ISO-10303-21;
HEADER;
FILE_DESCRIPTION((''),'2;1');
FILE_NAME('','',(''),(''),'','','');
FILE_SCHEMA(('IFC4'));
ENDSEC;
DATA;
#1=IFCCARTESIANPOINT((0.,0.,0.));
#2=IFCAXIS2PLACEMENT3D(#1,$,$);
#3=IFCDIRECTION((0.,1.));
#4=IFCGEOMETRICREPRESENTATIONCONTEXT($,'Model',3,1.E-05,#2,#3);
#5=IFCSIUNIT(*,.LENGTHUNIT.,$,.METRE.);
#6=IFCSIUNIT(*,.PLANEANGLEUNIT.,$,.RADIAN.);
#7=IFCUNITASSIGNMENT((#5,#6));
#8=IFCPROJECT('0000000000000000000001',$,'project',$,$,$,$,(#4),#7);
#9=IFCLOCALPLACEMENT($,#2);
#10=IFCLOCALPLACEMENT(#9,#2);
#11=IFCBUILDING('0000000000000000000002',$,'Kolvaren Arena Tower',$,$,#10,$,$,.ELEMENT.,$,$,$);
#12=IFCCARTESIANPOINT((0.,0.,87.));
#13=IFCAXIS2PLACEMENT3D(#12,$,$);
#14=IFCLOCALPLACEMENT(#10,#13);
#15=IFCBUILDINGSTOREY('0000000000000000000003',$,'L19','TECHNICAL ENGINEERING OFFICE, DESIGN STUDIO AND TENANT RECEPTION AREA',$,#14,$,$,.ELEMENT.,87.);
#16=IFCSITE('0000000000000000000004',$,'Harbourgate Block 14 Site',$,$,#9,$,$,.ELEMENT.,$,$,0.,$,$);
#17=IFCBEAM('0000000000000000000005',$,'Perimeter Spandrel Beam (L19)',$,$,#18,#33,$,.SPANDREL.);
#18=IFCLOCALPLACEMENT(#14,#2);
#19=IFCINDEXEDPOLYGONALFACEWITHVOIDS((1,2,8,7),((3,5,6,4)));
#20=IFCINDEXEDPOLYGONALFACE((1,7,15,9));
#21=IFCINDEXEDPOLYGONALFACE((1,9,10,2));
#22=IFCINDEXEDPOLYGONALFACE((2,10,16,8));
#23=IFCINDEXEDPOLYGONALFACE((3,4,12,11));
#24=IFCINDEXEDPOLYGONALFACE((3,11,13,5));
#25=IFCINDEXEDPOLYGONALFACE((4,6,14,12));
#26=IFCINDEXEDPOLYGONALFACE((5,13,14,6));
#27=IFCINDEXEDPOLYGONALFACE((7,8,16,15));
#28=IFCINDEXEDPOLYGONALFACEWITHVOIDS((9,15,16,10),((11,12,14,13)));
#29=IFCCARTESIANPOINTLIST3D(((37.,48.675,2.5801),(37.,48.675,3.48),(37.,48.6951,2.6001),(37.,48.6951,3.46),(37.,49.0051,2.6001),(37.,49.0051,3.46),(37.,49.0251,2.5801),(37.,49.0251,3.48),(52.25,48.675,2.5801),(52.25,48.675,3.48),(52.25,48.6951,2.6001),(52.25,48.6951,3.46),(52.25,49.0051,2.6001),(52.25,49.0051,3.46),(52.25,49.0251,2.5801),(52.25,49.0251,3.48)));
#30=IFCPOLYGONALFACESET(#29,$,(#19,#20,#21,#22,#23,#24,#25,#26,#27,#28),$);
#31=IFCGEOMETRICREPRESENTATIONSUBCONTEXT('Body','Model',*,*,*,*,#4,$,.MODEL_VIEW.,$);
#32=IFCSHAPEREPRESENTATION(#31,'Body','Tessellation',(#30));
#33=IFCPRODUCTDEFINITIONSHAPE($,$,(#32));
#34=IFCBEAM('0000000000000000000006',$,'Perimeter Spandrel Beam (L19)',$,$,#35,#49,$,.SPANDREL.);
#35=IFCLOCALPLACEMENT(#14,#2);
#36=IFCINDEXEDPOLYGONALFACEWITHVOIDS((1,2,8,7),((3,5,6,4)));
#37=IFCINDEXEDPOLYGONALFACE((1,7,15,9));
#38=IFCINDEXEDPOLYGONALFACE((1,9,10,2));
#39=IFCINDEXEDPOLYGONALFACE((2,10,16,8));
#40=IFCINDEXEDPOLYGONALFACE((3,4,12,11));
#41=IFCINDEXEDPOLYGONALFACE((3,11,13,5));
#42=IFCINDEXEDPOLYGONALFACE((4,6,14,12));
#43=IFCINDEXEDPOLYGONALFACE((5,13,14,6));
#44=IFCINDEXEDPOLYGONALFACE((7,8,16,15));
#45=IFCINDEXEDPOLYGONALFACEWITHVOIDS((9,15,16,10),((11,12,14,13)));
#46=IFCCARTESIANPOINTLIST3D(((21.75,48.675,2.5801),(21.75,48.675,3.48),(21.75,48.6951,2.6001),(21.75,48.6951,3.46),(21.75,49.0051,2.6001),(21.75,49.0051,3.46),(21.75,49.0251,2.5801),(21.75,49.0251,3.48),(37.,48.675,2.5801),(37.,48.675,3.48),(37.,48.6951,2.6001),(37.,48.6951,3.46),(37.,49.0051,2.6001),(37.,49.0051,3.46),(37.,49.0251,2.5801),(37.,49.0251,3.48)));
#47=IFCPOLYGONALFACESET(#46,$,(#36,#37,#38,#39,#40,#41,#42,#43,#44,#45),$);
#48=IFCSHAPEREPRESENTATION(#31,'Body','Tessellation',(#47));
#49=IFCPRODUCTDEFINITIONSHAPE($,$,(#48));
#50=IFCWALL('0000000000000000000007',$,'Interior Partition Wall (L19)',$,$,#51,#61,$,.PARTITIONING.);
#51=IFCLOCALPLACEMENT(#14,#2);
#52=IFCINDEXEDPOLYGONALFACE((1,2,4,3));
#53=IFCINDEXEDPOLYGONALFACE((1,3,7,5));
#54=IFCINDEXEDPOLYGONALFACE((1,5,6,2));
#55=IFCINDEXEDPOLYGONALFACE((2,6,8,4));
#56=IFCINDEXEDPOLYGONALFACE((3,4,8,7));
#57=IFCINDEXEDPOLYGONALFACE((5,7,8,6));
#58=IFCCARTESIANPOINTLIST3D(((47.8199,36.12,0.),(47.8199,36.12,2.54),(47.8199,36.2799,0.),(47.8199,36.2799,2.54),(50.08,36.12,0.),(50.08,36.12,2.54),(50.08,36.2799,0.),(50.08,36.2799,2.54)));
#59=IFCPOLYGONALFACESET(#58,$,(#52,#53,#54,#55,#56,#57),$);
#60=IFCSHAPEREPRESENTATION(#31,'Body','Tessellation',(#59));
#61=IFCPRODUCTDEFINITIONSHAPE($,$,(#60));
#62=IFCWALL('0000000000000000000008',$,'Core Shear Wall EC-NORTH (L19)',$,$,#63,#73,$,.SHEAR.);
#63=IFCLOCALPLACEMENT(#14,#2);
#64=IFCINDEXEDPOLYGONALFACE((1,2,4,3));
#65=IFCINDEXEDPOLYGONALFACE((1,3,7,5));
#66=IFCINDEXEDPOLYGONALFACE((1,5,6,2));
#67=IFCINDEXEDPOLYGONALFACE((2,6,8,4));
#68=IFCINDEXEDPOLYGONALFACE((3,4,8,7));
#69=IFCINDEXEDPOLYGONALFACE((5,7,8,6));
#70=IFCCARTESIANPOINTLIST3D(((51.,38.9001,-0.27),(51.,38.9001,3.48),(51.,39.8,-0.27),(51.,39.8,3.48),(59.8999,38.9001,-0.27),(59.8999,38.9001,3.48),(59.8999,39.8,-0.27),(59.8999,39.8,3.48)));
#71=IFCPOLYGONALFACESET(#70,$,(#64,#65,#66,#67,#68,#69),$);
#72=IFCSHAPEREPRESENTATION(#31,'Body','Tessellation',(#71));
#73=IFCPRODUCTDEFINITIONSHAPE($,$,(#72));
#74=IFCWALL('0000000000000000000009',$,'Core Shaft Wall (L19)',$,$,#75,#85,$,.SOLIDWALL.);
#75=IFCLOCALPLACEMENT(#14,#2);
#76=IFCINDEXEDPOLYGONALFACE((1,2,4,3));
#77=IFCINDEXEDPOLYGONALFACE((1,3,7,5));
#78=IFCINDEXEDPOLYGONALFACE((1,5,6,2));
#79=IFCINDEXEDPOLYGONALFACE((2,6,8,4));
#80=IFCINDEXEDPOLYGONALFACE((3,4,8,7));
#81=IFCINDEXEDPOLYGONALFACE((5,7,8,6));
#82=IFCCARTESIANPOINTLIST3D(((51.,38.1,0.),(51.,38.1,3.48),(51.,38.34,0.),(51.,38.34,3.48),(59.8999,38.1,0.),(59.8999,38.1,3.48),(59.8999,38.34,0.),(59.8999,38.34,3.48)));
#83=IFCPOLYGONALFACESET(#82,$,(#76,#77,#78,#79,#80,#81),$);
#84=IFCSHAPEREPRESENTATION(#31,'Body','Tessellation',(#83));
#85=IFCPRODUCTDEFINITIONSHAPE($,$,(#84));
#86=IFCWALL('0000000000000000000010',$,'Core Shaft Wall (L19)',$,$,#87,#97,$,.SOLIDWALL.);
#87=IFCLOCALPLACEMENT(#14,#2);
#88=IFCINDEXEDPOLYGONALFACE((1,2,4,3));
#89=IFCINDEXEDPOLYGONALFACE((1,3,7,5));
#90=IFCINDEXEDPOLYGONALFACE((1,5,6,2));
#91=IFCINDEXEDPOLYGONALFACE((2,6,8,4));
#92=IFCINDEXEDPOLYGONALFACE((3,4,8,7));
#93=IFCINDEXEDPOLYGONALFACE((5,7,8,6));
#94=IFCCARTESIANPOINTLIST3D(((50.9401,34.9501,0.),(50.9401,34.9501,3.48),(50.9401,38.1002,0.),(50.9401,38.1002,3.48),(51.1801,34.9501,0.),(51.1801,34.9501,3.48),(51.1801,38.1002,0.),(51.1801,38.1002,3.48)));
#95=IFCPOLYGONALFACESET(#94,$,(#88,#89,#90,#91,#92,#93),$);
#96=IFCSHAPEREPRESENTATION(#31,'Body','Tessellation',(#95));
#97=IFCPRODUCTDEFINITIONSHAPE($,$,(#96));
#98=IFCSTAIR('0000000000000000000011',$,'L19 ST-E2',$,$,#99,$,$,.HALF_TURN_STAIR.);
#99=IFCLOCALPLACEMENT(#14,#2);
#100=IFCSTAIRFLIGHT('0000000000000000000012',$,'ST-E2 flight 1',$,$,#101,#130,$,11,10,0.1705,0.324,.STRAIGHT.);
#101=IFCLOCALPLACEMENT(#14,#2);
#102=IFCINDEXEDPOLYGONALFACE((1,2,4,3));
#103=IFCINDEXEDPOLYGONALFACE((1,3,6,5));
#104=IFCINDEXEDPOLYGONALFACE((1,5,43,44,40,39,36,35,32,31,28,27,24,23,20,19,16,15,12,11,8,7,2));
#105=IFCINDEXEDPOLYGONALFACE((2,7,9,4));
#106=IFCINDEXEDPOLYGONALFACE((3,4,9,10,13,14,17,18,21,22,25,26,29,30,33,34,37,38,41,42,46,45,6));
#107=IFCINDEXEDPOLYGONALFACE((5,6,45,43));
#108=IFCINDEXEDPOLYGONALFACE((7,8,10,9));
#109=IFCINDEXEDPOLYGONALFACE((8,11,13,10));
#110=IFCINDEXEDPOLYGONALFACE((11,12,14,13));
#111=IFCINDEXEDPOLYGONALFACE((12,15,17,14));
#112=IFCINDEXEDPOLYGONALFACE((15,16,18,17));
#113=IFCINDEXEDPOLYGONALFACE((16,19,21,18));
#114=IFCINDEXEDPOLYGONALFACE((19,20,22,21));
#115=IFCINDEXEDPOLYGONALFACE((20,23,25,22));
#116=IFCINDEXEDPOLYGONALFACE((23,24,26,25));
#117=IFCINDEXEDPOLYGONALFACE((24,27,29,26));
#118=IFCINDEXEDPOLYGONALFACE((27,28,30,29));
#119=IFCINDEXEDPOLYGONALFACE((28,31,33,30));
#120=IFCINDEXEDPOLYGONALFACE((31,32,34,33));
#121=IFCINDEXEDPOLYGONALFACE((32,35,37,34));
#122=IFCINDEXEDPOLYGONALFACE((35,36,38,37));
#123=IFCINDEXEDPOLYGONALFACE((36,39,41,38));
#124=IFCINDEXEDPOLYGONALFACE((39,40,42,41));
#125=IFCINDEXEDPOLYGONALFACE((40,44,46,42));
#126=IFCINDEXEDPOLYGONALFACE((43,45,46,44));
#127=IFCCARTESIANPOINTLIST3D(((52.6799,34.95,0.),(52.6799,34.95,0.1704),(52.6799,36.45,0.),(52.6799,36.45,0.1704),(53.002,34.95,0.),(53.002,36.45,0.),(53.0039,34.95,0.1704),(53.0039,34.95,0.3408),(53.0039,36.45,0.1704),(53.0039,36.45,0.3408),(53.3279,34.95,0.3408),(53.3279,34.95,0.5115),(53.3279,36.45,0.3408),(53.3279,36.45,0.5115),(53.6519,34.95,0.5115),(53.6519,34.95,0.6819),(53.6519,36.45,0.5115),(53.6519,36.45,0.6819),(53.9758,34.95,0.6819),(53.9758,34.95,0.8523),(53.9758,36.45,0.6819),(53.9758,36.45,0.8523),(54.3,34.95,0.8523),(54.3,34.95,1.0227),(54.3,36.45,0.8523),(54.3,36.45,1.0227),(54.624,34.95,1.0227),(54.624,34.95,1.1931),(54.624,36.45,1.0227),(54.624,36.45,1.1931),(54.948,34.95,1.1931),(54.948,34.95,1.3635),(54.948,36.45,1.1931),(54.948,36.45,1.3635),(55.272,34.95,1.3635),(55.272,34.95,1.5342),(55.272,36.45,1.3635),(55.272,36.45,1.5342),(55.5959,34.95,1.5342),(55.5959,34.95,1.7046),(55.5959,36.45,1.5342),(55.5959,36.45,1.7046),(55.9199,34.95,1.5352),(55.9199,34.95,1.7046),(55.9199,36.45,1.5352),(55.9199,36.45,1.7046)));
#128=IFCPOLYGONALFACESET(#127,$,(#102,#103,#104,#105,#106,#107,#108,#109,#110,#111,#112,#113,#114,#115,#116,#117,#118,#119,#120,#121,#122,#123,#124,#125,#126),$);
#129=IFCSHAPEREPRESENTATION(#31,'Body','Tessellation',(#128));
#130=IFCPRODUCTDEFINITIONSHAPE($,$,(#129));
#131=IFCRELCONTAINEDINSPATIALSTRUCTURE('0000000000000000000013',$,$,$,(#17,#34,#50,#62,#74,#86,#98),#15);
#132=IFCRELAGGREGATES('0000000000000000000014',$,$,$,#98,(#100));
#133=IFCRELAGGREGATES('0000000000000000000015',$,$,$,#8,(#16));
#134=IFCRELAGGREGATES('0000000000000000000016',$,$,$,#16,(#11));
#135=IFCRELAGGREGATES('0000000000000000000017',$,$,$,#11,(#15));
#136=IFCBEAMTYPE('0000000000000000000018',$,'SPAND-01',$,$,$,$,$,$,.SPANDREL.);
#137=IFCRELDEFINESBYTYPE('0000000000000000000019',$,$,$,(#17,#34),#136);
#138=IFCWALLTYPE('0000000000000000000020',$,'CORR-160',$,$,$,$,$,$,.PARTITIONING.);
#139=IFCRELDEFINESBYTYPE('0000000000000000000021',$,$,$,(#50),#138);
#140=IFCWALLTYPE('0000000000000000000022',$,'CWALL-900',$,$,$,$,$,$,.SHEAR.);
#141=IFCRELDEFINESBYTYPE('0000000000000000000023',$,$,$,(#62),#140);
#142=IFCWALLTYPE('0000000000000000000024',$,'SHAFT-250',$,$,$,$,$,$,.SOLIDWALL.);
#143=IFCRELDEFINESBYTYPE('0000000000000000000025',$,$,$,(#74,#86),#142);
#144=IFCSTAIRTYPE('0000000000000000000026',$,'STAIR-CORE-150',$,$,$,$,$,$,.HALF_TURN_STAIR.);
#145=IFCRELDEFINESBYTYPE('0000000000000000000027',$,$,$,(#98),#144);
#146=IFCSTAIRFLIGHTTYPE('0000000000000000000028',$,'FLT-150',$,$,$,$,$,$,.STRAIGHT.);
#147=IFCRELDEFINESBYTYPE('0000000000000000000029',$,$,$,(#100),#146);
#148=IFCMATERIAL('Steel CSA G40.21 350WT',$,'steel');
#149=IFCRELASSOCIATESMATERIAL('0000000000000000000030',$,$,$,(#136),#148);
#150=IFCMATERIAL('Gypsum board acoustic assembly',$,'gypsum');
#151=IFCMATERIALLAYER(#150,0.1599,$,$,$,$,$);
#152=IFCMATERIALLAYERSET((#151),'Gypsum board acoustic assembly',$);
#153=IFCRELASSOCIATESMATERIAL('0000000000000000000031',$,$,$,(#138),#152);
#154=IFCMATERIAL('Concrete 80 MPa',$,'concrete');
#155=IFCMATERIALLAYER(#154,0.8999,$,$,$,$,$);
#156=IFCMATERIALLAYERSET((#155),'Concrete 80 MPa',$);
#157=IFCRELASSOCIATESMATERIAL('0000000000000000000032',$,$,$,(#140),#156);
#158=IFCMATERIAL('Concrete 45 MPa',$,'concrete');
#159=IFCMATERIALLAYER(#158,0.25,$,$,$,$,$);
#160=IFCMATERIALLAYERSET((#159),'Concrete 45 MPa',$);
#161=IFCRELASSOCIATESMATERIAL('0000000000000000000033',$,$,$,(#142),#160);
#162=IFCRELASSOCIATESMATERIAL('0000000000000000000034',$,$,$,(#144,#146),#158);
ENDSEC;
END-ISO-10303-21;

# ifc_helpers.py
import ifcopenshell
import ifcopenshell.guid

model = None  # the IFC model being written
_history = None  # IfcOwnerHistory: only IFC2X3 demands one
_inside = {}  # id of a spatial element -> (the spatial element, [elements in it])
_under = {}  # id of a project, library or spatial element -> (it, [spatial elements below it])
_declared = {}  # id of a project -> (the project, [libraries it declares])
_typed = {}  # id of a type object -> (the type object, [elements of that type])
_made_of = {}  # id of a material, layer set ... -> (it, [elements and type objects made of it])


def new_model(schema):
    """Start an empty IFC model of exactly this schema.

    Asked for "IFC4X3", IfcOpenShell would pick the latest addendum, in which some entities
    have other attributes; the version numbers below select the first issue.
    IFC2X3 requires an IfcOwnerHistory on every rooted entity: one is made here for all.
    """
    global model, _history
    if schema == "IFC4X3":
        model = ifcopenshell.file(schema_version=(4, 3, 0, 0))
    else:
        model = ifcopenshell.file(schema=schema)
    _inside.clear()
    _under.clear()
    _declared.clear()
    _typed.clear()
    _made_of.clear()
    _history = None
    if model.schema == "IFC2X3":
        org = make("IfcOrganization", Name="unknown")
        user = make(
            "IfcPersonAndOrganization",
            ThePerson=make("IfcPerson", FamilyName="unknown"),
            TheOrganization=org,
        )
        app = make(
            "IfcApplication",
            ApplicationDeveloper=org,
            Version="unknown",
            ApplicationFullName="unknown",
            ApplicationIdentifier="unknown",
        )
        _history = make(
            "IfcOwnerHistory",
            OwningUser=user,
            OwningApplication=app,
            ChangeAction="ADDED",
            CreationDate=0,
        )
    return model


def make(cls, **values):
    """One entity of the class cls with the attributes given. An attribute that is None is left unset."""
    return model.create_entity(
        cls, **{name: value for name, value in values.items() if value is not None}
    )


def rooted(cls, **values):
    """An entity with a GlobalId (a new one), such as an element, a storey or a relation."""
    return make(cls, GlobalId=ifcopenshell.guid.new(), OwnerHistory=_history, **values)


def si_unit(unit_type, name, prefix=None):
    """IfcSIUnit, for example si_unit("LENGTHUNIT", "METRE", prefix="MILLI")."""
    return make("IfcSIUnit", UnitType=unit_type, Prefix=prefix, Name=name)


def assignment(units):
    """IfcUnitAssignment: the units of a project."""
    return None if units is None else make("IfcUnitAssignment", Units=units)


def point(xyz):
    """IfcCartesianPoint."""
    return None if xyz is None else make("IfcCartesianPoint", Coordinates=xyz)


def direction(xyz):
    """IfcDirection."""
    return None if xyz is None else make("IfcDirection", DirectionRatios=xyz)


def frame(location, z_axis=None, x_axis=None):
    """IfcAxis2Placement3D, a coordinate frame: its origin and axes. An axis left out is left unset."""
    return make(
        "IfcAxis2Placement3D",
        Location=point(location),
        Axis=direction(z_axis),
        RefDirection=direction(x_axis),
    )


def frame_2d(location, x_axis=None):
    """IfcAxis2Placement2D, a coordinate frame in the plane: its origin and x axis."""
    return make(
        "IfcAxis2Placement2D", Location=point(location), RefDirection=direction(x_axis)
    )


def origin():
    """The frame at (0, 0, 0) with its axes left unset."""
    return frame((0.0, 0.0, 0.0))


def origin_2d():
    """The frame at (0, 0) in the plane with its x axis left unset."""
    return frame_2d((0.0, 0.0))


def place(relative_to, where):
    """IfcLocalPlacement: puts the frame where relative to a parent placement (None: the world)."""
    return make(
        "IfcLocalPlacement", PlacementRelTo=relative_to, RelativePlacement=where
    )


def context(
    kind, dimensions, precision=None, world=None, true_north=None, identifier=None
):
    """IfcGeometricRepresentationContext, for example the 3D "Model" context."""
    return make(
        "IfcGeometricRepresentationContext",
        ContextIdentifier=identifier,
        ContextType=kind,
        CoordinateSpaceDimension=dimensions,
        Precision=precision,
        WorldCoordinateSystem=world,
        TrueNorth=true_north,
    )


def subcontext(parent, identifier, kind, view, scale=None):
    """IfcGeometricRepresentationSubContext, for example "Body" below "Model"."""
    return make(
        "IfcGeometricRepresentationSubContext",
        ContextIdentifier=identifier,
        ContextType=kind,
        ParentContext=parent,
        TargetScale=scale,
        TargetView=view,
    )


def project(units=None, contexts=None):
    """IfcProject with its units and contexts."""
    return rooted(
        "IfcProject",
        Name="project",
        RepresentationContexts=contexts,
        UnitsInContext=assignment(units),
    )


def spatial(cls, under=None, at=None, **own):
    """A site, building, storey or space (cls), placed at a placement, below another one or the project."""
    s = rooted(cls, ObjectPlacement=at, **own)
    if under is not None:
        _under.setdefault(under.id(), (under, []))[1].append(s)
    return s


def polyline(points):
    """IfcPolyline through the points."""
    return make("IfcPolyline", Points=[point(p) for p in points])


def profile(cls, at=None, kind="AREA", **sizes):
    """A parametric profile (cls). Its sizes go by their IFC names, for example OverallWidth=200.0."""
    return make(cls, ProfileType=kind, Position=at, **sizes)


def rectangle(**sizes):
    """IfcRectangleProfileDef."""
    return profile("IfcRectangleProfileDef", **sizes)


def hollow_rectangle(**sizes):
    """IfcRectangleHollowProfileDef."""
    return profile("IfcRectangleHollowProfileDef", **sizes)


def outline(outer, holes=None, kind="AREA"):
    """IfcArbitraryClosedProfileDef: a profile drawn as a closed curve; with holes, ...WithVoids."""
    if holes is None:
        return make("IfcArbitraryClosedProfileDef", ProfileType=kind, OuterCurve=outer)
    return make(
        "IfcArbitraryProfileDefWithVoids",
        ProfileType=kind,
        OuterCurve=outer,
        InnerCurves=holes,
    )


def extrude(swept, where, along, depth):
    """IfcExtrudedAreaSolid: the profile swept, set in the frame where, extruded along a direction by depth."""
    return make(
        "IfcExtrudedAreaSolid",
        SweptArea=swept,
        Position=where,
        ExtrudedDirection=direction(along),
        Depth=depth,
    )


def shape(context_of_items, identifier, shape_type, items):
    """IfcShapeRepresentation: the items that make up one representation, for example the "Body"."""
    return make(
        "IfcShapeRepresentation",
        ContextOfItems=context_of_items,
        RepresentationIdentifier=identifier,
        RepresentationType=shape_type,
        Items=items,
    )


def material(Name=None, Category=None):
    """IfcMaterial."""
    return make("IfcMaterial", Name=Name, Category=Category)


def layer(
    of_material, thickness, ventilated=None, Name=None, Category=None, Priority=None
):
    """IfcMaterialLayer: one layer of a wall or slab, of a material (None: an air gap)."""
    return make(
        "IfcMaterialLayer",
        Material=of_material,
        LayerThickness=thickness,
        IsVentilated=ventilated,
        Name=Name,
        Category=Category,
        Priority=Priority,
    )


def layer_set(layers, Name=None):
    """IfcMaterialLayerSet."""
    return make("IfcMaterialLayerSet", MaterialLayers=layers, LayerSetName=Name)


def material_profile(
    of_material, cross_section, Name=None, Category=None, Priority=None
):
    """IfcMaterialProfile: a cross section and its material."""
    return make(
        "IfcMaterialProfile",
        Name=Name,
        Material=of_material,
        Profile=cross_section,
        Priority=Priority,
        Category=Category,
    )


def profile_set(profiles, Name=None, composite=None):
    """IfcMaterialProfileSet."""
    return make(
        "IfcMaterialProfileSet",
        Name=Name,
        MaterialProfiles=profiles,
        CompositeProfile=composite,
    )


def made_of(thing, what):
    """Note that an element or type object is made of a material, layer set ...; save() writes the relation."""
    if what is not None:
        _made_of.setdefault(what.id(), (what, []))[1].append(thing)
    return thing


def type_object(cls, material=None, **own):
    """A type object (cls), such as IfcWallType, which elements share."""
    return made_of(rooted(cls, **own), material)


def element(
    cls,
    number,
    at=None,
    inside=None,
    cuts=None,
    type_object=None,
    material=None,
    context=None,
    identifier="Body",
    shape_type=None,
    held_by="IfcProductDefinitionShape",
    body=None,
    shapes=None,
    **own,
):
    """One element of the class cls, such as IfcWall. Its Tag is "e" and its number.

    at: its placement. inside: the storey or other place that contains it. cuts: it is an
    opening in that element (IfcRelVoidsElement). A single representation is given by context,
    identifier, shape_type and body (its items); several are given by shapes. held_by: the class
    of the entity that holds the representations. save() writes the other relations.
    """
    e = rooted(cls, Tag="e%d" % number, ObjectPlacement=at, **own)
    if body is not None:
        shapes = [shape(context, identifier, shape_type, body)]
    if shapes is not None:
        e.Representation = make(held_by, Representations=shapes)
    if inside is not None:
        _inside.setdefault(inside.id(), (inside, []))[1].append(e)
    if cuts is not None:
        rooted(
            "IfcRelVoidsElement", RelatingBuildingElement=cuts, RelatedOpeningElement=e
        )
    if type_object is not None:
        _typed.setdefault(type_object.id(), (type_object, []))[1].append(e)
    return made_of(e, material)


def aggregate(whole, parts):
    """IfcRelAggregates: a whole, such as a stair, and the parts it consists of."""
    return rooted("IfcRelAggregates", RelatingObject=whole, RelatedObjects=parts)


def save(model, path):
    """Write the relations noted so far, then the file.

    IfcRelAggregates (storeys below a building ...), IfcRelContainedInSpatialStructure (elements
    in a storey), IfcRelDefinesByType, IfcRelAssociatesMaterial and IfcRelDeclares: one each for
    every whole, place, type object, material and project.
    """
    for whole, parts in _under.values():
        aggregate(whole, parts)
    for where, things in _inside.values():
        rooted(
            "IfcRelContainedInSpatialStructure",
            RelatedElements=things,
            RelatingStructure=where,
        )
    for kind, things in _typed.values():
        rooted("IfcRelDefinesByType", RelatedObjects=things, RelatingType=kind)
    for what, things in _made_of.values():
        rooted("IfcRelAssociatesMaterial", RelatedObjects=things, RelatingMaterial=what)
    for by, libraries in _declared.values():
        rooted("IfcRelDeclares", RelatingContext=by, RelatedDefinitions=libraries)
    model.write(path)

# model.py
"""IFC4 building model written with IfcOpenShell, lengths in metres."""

from ifc_helpers import new_model, si_unit, direction, frame, frame_2d, origin, origin_2d, place, context, subcontext, project, spatial, polyline, rectangle, hollow_rectangle, outline, extrude, material, layer, layer_set, material_profile, profile_set, type_object, element, aggregate, save


model = new_model("IFC4")

# Units and contexts
model_context = context("Model", 3, precision=1e-05, world=origin(), true_north=direction((0.0, 1.0)))
body_context = subcontext(model_context, "Body", "Model", "MODEL_VIEW")
ifc_project = project(units=[si_unit("LENGTHUNIT", "METRE"), si_unit("PLANEANGLEUNIT", "RADIAN")], contexts=[model_context])

# Site, building, storey
site_placement = place(None, origin())
site = spatial("IfcSite", under=ifc_project, at=site_placement, Name="Harbourgate Block 14 Site", CompositionType="ELEMENT", RefElevation=0.0)
building_placement = place(site_placement, origin())
building = spatial("IfcBuilding", under=site, at=building_placement, Name="Kolvaren Arena Tower", CompositionType="ELEMENT")
storey_placement = place(building_placement, frame((0.0, 0.0, 87.0)))
storey = spatial("IfcBuildingStorey", under=building, at=storey_placement, Name="L19", Description="TECHNICAL ENGINEERING OFFICE, DESIGN STUDIO AND TENANT RECEPTION AREA", CompositionType="ELEMENT", Elevation=87.0)

# Beams
ifc_material_1 = material(Name="Steel CSA G40.21 350WT", Category="steel")
ifc_material_profile_1 = material_profile(ifc_material_1, hollow_rectangle(XDim=0.3501, YDim=0.8999, WallThickness=0.02, at=origin_2d()), Name="HSS 900x350x20")
ifc_profile_set_1 = profile_set([ifc_material_profile_1], Name="Steel CSA G40.21 350WT")
beam_type_1 = type_object("IfcBeamType", Name="SPAND-01", PredefinedType="SPANDREL", material=ifc_profile_set_1)
for number, where, z_axis, x_axis, name in (
    (1, (52.25, 48.8501, 3.03), (-1.0, 0.0, 0.0), (0.0, -1.0, 0.0), "Perimeter Spandrel Beam (L19)"),
    (2, (37.0, 48.8501, 3.03), (-1.0, 0.0, 0.0), (0.0, -1.0, 0.0), "Perimeter Spandrel Beam (L19)"),
):
    element("IfcBeam", number, at=place(storey_placement, frame(where, z_axis=z_axis, x_axis=x_axis)), inside=storey, type_object=beam_type_1, Name=name, PredefinedType="SPANDREL", context=body_context, shape_type="SweptSolid", body=[
        extrude(hollow_rectangle(XDim=0.3501, YDim=0.8999, WallThickness=0.02, at=origin_2d()), origin(), (0.0, 0.0, 1.0), 15.25),
    ])

# Walls
ifc_material_2 = material(Name="Gypsum board acoustic assembly", Category="gypsum")
ifc_layer_1 = layer(ifc_material_2, 0.1599)
ifc_layer_set_1 = layer_set([ifc_layer_1], Name="Gypsum board acoustic assembly")
wall_type_1 = type_object("IfcWallType", Name="CORR-160", PredefinedType="PARTITIONING", material=ifc_layer_set_1)
wall_1_placement = place(storey_placement, frame((47.8201, 36.2, 0.0), z_axis=(0.0, 0.0, 1.0), x_axis=(1.0, 0.0, 0.0)))
element("IfcWall", 3, at=wall_1_placement, inside=storey, type_object=wall_type_1, Name="Interior Partition Wall (L19)", PredefinedType="PARTITIONING", context=body_context, shape_type="SweptSolid", body=[
    extrude(rectangle(XDim=2.26, YDim=0.1599, at=frame_2d((1.1299, 0.0))), origin(), (0.0, 0.0, 1.0), 2.54),
])
ifc_material_3 = material(Name="Concrete 80 MPa", Category="concrete")
ifc_layer_2 = layer(ifc_material_3, 0.8999)
ifc_layer_set_2 = layer_set([ifc_layer_2], Name="Concrete 80 MPa")
wall_type_2 = type_object("IfcWallType", Name="CWALL-900", PredefinedType="SHEAR", material=ifc_layer_set_2)
wall_2_placement = place(storey_placement, frame((51.0, 39.3501, -0.27), z_axis=(0.0, 0.0, 1.0), x_axis=(1.0, 0.0, 0.0)))
element("IfcWall", 4, at=wall_2_placement, inside=storey, type_object=wall_type_2, Name="Core Shear Wall EC-NORTH (L19)", PredefinedType="SHEAR", context=body_context, shape_type="SweptSolid", body=[
    extrude(rectangle(XDim=8.8999, YDim=0.8999, at=frame_2d((4.45, 0.0))), origin(), (0.0, 0.0, 1.0), 3.75),
])
ifc_material_4 = material(Name="Concrete 45 MPa", Category="concrete")
ifc_layer_3 = layer(ifc_material_4, 0.25)
ifc_layer_set_3 = layer_set([ifc_layer_3], Name="Concrete 45 MPa")
wall_type_3 = type_object("IfcWallType", Name="SHAFT-250", PredefinedType="SOLIDWALL", material=ifc_layer_set_3)
wall_3_placement = place(storey_placement, frame((51.0, 38.22, 0.0), z_axis=(0.0, 0.0, 1.0), x_axis=(1.0, 0.0, 0.0)))
element("IfcWall", 5, at=wall_3_placement, inside=storey, type_object=wall_type_3, Name="Core Shaft Wall (L19)", PredefinedType="SOLIDWALL", context=body_context, shape_type="SweptSolid", body=[
    extrude(rectangle(XDim=8.8999, YDim=0.24, at=frame_2d((4.45, 0.0))), origin(), (0.0, 0.0, 1.0), 3.48),
])
wall_4_placement = place(storey_placement, frame((51.0601, 34.95, 0.0), z_axis=(0.0, 0.0, 1.0), x_axis=(0.0, 1.0, 0.0)))
element("IfcWall", 6, at=wall_4_placement, inside=storey, type_object=wall_type_3, Name="Core Shaft Wall (L19)", PredefinedType="SOLIDWALL", context=body_context, shape_type="SweptSolid", body=[
    extrude(rectangle(XDim=3.1501, YDim=0.24, at=frame_2d((1.5752, 0.0))), origin(), (0.0, 0.0, 1.0), 3.48),
])

# Stair, stair flight
stair_type = type_object("IfcStairType", Name="STAIR-CORE-150", PredefinedType="HALF_TURN_STAIR", material=ifc_material_4)
stair_placement = place(storey_placement, origin())
stair = element("IfcStair", 7, at=stair_placement, inside=storey, type_object=stair_type, Name="L19 ST-E2", PredefinedType="HALF_TURN_STAIR")
stair_flight_type = type_object("IfcStairFlightType", Name="FLT-150", PredefinedType="STRAIGHT", material=ifc_material_4)
stair_flight_placement = place(storey_placement, frame((52.6799, 35.7, 0.0), z_axis=(0.0, 0.0, 1.0), x_axis=(1.0, 0.0, 0.0)))
stair_flight = element("IfcStairFlight", 8, at=stair_flight_placement, type_object=stair_flight_type, Name="ST-E2 flight 1", NumberOfRisers=11, NumberOfTreads=10, PredefinedType="STRAIGHT", RiserHeight=0.1705, TreadLength=0.324, context=body_context, shape_type="SweptSolid", body=[
    extrude(outline(polyline([(0.0, 0.0), (0.0, 0.1704), (0.324, 0.1704), (0.324, 0.3408), (0.6479, 0.3408), (0.6479, 0.5115), (0.9719, 0.5115), (0.9719, 0.6819), (1.2959, 0.6819), (1.2959, 0.8523), (1.6201, 0.8523), (1.6201, 1.0227), (1.9441, 1.0227), (1.9441, 1.1931), (2.2681, 1.1931), (2.2681, 1.3635), (2.592, 1.3635), (2.592, 1.5342), (2.916, 1.5342), (2.916, 1.7046), (3.24, 1.7046), (3.24, 1.875), (3.24, 1.5352), (0.322, 0.0), (0.0, 0.0)])), frame((0.0, 0.75, 0.0), z_axis=(0.0, -1.0, 0.0), x_axis=(1.0, 0.0, 0.0)), (0.0, 0.0, 1.0), 1.5),
])
aggregate(stair, [stair_flight])

save(model, "model.ifc")
